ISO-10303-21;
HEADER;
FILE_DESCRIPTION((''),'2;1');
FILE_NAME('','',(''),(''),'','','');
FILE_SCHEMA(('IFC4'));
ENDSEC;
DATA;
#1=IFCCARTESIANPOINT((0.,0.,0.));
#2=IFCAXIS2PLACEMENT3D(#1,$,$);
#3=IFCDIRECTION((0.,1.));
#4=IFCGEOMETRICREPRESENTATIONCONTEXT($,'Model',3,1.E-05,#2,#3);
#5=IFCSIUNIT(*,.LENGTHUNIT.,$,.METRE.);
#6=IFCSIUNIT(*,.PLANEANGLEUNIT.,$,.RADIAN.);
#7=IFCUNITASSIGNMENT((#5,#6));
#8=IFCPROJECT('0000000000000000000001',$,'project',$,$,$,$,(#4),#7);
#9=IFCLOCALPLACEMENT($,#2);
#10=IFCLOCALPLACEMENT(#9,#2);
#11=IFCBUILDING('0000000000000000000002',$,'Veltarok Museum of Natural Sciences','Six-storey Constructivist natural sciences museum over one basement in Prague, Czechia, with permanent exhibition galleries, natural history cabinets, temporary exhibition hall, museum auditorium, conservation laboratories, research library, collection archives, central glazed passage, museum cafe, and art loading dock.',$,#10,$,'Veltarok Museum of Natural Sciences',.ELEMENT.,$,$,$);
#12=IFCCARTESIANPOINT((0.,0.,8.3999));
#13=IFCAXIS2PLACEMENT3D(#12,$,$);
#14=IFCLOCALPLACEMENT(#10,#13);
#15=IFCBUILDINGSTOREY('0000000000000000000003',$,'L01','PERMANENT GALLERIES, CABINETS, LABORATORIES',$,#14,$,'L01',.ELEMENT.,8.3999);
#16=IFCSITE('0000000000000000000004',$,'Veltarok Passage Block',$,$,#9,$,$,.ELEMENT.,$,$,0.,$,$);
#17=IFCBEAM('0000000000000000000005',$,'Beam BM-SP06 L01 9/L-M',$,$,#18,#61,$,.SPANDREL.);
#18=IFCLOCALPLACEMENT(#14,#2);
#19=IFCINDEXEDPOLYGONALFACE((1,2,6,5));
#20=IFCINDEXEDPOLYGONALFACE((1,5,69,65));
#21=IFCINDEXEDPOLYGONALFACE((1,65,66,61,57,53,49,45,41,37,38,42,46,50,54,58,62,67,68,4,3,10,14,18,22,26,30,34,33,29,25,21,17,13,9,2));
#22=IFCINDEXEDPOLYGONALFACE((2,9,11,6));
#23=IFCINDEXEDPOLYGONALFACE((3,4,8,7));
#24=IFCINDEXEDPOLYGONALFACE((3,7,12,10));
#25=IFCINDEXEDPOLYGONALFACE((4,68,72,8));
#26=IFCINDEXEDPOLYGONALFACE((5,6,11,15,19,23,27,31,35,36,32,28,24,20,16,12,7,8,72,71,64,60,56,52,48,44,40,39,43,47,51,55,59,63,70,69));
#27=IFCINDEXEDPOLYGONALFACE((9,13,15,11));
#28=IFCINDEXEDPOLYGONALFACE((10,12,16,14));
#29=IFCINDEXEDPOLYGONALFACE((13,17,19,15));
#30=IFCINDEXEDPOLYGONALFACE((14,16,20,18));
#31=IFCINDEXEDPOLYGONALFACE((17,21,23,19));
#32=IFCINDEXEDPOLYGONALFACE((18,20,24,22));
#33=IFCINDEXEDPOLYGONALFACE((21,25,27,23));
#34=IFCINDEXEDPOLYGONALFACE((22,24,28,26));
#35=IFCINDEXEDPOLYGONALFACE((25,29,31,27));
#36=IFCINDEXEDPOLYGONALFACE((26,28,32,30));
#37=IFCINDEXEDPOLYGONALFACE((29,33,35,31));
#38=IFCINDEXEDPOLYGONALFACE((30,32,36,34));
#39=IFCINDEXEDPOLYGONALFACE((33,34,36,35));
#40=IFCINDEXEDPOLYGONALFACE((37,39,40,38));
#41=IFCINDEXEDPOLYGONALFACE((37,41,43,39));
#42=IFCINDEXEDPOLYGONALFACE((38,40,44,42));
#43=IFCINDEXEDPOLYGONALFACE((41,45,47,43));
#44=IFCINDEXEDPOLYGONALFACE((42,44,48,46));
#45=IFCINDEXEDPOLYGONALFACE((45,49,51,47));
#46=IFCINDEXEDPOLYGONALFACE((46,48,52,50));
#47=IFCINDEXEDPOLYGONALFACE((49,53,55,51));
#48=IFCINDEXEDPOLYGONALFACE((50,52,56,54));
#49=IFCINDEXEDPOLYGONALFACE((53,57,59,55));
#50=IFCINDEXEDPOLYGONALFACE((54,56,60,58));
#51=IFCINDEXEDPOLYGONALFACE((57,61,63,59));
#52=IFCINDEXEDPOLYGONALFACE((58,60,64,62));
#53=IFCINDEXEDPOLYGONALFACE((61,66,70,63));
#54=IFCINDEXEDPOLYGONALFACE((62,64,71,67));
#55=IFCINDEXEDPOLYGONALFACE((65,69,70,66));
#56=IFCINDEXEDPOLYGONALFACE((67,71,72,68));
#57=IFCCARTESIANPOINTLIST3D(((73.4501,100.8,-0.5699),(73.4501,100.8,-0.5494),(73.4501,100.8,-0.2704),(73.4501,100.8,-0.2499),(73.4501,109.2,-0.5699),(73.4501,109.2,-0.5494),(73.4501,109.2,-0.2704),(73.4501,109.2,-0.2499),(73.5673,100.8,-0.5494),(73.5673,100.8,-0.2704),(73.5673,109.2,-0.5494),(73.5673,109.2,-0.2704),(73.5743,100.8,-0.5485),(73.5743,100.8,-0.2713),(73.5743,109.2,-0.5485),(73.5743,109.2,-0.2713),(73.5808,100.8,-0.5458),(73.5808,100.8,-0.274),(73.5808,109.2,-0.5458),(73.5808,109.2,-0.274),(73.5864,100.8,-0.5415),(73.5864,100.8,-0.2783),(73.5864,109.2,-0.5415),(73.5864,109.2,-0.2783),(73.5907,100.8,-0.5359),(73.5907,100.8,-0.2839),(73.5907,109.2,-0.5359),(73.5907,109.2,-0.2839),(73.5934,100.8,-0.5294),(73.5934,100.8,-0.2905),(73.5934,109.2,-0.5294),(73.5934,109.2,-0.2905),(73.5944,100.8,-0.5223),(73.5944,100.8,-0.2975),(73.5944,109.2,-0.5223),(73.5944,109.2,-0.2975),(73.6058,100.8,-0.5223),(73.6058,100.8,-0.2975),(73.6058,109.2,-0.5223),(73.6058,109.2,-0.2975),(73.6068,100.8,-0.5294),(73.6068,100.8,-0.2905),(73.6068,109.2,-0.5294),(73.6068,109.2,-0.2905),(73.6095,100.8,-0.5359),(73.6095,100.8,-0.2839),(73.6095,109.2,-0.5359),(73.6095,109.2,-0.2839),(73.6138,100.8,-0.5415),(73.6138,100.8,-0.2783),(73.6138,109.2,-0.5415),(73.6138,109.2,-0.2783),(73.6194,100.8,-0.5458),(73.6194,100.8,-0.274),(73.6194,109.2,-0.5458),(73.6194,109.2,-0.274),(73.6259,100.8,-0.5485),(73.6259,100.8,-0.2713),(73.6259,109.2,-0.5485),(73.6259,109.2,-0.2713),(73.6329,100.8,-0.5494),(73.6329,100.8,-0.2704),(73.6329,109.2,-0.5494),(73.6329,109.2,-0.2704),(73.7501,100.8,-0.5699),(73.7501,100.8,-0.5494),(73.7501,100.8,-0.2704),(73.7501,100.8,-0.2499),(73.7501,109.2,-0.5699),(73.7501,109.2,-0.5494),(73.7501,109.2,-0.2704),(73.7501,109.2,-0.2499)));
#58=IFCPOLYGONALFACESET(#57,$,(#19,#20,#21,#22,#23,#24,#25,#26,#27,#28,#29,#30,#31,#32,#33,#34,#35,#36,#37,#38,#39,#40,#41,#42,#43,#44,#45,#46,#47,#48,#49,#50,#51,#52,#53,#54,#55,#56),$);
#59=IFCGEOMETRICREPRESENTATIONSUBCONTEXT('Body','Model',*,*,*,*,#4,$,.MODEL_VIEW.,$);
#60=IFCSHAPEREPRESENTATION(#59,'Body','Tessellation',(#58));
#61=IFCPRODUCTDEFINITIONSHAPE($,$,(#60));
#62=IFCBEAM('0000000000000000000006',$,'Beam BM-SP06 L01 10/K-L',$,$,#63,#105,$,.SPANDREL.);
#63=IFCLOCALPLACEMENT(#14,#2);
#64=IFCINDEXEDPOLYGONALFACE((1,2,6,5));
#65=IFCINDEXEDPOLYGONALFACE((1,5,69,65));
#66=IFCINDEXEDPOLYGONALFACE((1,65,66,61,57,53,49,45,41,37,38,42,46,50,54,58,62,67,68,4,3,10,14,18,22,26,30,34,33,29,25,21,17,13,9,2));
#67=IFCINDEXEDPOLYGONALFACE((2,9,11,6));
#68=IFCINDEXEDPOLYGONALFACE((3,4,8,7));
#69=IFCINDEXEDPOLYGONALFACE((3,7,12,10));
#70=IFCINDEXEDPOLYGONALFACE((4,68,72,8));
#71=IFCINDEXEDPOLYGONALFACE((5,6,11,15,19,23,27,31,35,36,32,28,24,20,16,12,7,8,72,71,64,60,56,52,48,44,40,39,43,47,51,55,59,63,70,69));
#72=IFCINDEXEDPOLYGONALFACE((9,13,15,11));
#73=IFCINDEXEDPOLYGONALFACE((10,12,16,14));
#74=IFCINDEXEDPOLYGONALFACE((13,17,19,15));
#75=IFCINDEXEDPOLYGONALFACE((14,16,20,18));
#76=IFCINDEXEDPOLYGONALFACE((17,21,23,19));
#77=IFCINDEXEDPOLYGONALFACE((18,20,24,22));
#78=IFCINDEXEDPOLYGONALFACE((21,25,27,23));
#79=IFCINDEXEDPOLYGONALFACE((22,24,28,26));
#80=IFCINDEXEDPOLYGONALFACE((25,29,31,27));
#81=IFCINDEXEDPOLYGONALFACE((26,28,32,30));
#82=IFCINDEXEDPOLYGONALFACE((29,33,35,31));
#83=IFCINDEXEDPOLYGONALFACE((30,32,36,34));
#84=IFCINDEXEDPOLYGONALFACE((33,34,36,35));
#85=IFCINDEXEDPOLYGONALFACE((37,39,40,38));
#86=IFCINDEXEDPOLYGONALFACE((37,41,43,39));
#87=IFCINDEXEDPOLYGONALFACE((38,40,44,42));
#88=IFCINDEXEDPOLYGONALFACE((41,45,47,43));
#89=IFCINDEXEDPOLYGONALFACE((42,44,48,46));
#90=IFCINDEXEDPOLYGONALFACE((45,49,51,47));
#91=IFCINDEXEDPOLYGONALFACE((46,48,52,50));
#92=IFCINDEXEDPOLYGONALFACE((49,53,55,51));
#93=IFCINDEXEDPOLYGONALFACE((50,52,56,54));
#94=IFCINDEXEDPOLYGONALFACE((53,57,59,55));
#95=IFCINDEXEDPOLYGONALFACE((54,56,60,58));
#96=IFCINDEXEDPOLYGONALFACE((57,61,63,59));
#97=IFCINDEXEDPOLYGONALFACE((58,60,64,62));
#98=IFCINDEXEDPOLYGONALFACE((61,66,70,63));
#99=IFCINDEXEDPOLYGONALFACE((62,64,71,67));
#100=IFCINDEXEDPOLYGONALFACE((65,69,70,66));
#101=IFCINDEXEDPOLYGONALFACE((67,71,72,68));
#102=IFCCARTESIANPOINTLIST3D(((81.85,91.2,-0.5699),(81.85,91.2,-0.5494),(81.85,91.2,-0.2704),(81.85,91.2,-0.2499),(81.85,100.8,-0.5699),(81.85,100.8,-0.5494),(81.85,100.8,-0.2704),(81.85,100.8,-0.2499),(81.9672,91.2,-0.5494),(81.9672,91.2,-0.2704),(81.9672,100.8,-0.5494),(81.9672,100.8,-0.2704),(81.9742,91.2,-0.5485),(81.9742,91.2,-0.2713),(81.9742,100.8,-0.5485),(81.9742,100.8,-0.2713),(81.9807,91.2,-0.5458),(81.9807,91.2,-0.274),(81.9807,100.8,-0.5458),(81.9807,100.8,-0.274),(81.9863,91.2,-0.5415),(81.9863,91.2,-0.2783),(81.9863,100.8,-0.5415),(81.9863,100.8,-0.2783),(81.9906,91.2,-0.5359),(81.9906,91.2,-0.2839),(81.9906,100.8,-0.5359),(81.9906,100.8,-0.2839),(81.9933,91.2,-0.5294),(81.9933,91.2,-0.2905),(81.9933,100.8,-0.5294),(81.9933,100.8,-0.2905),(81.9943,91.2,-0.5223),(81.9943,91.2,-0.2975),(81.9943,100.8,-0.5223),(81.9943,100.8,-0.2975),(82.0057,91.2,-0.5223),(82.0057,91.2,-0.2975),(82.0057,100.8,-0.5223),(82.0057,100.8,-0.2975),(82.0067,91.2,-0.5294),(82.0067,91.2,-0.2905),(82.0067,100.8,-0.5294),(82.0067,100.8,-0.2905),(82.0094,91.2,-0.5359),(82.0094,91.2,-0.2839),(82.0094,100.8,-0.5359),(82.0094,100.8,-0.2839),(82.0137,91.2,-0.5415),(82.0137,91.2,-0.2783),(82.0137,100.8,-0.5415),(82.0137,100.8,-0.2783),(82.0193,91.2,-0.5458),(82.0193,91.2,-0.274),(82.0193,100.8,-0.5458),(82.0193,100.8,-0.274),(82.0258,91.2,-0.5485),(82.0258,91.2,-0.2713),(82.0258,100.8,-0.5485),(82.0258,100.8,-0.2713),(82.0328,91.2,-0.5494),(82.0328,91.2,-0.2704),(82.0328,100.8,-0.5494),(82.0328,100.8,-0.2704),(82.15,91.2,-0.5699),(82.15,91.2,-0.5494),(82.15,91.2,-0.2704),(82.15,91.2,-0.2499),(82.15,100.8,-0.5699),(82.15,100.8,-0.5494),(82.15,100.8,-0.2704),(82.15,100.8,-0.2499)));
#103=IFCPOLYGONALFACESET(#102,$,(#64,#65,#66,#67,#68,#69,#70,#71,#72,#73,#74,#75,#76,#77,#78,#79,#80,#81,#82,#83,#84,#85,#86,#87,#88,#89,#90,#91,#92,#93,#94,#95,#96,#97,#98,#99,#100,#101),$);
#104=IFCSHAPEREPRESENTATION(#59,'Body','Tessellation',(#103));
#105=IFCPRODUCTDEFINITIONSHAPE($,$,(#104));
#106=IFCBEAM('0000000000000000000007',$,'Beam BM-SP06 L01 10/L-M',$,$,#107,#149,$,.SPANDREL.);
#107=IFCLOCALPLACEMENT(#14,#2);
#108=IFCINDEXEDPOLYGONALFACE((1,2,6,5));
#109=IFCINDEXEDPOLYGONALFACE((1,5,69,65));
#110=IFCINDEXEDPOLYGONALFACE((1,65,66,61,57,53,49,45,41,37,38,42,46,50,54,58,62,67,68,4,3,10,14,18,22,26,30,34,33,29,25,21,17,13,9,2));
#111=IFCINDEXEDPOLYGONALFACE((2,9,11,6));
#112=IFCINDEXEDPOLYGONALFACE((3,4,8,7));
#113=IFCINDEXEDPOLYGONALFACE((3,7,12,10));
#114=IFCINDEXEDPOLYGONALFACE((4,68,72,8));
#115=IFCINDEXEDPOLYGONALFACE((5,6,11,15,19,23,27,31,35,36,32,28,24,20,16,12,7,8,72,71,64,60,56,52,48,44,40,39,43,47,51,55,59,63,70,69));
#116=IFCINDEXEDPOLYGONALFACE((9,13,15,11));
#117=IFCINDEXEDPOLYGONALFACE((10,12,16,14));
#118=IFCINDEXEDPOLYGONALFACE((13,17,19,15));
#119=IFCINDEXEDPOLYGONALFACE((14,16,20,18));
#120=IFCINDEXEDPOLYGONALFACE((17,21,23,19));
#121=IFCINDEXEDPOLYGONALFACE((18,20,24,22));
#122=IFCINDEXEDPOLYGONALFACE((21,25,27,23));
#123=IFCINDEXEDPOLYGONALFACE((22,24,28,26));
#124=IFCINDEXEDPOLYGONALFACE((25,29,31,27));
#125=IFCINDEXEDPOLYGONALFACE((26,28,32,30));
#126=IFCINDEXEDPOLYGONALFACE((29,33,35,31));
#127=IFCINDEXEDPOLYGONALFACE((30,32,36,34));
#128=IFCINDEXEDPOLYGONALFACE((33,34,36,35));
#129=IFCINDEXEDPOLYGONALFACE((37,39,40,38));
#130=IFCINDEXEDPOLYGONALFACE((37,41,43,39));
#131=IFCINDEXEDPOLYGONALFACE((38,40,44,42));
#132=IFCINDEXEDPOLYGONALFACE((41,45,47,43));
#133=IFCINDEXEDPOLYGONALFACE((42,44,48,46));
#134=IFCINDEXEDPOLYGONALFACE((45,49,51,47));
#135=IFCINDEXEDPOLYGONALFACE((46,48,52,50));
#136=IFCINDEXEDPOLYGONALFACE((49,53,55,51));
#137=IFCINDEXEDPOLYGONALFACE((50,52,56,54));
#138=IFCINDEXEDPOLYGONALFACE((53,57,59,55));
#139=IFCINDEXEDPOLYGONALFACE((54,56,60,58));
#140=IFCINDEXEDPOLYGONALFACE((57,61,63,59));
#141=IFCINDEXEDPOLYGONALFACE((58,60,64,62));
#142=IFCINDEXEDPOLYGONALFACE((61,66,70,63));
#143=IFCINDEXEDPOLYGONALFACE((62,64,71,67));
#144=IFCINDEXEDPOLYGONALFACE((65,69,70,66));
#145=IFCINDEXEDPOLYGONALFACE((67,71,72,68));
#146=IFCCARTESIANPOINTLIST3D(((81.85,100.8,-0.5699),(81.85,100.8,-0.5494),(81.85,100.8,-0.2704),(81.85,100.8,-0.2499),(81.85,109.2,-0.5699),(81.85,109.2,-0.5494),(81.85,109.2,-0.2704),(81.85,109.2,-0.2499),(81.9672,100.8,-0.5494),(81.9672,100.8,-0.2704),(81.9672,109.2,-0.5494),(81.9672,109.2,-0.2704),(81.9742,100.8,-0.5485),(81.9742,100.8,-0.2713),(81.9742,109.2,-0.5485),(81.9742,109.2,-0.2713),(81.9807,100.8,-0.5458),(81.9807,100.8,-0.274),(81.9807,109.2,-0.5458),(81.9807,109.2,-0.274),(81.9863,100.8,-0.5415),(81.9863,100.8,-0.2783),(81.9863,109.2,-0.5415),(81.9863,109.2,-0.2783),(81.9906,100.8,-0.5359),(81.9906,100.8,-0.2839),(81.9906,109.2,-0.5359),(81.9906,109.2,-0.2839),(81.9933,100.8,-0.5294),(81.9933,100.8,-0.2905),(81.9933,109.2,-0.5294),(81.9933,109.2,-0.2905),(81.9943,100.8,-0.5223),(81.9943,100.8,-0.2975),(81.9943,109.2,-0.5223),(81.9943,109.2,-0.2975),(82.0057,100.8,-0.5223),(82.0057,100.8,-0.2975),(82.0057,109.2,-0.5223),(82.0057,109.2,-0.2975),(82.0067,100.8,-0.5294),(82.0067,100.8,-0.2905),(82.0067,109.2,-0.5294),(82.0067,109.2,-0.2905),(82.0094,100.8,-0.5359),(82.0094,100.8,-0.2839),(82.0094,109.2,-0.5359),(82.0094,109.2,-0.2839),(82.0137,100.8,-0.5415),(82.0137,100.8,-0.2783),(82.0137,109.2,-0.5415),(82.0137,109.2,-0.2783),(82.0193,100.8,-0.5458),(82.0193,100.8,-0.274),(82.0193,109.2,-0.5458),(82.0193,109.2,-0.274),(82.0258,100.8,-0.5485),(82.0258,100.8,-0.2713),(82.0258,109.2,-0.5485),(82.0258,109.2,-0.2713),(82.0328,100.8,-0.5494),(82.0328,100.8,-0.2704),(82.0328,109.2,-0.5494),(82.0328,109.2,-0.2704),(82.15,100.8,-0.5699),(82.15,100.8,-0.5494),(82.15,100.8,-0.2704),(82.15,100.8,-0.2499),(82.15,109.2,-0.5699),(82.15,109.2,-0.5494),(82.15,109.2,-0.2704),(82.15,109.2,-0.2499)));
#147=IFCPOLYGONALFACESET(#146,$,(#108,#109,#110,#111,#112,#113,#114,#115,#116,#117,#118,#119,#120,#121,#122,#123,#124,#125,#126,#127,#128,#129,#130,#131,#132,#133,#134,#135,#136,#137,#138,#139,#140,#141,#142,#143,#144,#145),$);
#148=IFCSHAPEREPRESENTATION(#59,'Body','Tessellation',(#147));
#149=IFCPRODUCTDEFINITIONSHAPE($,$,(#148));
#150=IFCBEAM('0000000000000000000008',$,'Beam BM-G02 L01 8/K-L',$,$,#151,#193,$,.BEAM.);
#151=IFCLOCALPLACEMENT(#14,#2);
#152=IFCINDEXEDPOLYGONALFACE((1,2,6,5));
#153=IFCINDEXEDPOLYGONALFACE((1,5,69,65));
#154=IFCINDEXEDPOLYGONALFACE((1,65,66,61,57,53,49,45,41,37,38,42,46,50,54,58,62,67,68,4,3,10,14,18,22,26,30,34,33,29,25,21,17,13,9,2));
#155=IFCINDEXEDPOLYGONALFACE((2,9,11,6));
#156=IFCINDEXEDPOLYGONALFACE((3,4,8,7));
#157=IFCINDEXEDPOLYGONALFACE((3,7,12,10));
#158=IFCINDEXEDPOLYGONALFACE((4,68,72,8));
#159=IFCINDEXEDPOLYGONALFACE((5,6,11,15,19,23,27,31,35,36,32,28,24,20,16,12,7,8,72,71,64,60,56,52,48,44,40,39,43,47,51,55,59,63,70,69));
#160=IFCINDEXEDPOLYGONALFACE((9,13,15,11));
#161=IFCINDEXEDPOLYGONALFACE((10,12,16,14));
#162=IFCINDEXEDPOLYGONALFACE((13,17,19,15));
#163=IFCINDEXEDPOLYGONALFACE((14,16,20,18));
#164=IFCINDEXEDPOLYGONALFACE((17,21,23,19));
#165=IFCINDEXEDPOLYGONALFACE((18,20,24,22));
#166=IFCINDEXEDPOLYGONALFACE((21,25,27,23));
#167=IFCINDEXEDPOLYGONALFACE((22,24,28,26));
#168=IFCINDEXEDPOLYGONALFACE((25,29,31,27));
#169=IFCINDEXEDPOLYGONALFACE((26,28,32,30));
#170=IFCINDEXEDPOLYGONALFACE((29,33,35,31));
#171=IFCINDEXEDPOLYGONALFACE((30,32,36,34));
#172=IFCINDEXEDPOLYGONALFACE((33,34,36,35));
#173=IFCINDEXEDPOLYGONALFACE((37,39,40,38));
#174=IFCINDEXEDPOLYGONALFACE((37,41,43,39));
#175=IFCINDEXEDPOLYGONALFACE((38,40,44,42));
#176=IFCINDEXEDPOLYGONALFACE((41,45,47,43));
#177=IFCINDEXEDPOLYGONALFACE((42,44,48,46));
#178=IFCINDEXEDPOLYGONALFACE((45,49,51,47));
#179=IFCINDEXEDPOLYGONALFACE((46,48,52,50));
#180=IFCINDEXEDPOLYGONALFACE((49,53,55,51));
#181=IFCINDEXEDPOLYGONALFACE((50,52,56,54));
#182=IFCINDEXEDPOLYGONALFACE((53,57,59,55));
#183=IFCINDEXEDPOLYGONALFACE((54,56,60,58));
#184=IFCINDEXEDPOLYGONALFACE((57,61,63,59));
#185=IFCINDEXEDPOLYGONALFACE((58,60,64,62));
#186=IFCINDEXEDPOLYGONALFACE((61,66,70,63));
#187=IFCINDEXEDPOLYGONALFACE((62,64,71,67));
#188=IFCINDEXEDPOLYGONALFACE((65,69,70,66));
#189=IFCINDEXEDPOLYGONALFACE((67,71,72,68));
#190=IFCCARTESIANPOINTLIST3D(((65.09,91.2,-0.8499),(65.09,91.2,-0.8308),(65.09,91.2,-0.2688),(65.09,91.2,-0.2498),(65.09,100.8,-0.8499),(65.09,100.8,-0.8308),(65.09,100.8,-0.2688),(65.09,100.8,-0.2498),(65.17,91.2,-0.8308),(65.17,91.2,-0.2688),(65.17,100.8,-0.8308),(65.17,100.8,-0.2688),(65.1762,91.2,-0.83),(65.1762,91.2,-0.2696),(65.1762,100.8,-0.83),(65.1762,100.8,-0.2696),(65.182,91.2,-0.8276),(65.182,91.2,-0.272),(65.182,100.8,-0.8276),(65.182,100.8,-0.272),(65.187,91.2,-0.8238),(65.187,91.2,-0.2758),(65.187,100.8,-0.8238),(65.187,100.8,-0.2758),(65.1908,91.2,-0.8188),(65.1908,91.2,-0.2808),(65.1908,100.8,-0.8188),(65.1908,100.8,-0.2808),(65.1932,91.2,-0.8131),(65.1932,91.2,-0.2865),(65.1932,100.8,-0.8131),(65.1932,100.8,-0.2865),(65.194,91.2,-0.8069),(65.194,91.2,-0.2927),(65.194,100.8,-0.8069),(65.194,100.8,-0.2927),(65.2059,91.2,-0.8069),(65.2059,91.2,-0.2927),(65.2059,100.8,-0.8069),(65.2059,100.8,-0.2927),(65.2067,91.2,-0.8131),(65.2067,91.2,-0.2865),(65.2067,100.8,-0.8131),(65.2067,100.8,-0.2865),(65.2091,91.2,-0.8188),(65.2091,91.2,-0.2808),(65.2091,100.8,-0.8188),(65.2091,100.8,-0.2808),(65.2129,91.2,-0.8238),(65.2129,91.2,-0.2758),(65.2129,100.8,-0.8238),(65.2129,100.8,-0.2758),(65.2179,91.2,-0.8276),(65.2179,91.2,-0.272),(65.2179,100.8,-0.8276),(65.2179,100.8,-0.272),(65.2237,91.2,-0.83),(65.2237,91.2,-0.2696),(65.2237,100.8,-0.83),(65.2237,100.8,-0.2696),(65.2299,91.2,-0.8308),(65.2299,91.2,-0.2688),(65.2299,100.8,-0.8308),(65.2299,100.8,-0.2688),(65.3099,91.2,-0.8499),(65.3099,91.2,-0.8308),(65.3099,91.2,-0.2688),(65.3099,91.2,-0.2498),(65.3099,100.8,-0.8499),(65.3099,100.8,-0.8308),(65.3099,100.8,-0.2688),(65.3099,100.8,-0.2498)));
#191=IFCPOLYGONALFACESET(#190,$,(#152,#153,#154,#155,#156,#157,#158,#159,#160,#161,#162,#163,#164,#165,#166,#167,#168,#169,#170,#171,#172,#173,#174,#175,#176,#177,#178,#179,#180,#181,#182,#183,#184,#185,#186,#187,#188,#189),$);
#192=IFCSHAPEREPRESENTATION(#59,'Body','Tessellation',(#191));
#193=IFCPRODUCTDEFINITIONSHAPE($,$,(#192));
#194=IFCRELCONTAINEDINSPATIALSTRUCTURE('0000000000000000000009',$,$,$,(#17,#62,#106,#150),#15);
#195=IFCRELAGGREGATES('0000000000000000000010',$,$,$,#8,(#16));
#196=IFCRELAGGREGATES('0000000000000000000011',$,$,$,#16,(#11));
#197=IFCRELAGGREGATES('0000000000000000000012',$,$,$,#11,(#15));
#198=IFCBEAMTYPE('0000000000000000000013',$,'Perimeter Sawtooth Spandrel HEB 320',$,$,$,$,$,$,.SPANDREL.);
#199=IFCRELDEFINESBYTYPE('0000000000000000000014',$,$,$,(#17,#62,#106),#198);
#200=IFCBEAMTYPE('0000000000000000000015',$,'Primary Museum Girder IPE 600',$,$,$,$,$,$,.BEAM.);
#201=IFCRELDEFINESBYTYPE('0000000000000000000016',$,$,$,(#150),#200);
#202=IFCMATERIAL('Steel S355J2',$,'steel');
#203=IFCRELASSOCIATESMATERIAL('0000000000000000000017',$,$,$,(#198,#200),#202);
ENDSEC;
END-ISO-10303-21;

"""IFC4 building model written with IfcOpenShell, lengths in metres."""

from ifc_helpers import new_model, si_unit, direction, frame, origin, origin_2d, place, context, subcontext, project, spatial, i_section, extrude, material, material_profile, profile_set, type_object, element, save


model = new_model("IFC4")

# Units and contexts
model_context = context("Model", 3, precision=1e-05, world=origin(), true_north=direction((0.0, 1.0)))
body_context = subcontext(model_context, "Body", "Model", "MODEL_VIEW")
ifc_project = project(units=[si_unit("LENGTHUNIT", "METRE"), si_unit("PLANEANGLEUNIT", "RADIAN")], contexts=[model_context])

# Site, building, storey
site_placement = place(None, origin())
site = spatial("IfcSite", under=ifc_project, at=site_placement, Name="Veltarok Passage Block", CompositionType="ELEMENT", RefElevation=0.0)
building_placement = place(site_placement, origin())
building = spatial("IfcBuilding", under=site, at=building_placement, Name="Veltarok Museum of Natural Sciences", Description="Six-storey Constructivist natural sciences museum over one basement in Prague, Czechia, with permanent exhibition galleries, natural history cabinets, temporary exhibition hall, museum auditorium, conservation laboratories, research library, collection archives, central glazed passage, museum cafe, and art loading dock.", LongName="Veltarok Museum of Natural Sciences", CompositionType="ELEMENT")
storey_placement = place(building_placement, frame((0.0, 0.0, 8.3999)))
storey = spatial("IfcBuildingStorey", under=building, at=storey_placement, Name="L01", Description="PERMANENT GALLERIES, CABINETS, LABORATORIES", LongName="L01", CompositionType="ELEMENT", Elevation=8.3999)

# Shared definitions
ifc_material_1 = material(Name="Steel S355J2", Category="steel")

# Beams
ifc_material_profile_1 = material_profile(ifc_material_1, i_section(OverallWidth=0.3, OverallDepth=0.3201, WebThickness=0.0115, FlangeThickness=0.0205, FilletRadius=0.0271, at=origin_2d()), Name="HEB 320")
ifc_profile_set_1 = profile_set([ifc_material_profile_1], Name="Steel S355J2")
beam_type_1 = type_object("IfcBeamType", Name="Perimeter Sawtooth Spandrel HEB 320", PredefinedType="SPANDREL", material=ifc_profile_set_1)
for number, where, z_axis, x_axis, name in (
    (1, (73.6001, 100.8, -0.4099), (0.0, 1.0, 0.0), (-1.0, 0.0, 0.0), "Beam BM-SP06 L01 9/L-M"),
):
    element("IfcBeam", number, at=place(storey_placement, frame(where, z_axis=z_axis, x_axis=x_axis)), inside=storey, type_object=beam_type_1, Name=name, PredefinedType="SPANDREL", context=body_context, shape_type="SweptSolid", body=[
        extrude(i_section(OverallWidth=0.3, OverallDepth=0.3201, WebThickness=0.0115, FlangeThickness=0.0205, FilletRadius=0.0271, at=origin_2d()), origin(), (0.0, 0.0, 1.0), 8.3999),
    ])
beam_1_placement = place(storey_placement, frame((82.0, 91.2, -0.4099), z_axis=(0.0, 1.0, 0.0), x_axis=(-1.0, 0.0, 0.0)))
element("IfcBeam", 2, at=beam_1_placement, inside=storey, type_object=beam_type_1, Name="Beam BM-SP06 L01 10/K-L", PredefinedType="SPANDREL", context=body_context, shape_type="SweptSolid", body=[
    extrude(i_section(OverallWidth=0.3, OverallDepth=0.3201, WebThickness=0.0115, FlangeThickness=0.0205, FilletRadius=0.0271, at=origin_2d()), origin(), (0.0, 0.0, 1.0), 9.6001),
])
beam_2_placement = place(storey_placement, frame((82.0, 100.8, -0.4099), z_axis=(0.0, 1.0, 0.0), x_axis=(-1.0, 0.0, 0.0)))
element("IfcBeam", 3, at=beam_2_placement, inside=storey, type_object=beam_type_1, Name="Beam BM-SP06 L01 10/L-M", PredefinedType="SPANDREL", context=body_context, shape_type="SweptSolid", body=[
    extrude(i_section(OverallWidth=0.3, OverallDepth=0.3201, WebThickness=0.0115, FlangeThickness=0.0205, FilletRadius=0.0271, at=origin_2d()), origin(), (0.0, 0.0, 1.0), 8.3999),
])
ifc_material_profile_2 = material_profile(ifc_material_1, i_section(OverallWidth=0.22, OverallDepth=0.6001, WebThickness=0.012, FlangeThickness=0.019, FilletRadius=0.0239, at=origin_2d()), Name="IPE 600")
ifc_profile_set_2 = profile_set([ifc_material_profile_2], Name="Steel S355J2")
beam_type_2 = type_object("IfcBeamType", Name="Primary Museum Girder IPE 600", PredefinedType="BEAM", material=ifc_profile_set_2)
for number, where, z_axis, x_axis, name in (
    (4, (65.2, 91.2, -0.5498), (0.0, 1.0, 0.0), (-1.0, 0.0, 0.0), "Beam BM-G02 L01 8/K-L"),
):
    element("IfcBeam", number, at=place(storey_placement, frame(where, z_axis=z_axis, x_axis=x_axis)), inside=storey, type_object=beam_type_2, Name=name, PredefinedType="BEAM", context=body_context, shape_type="SweptSolid", body=[
        extrude(i_section(OverallWidth=0.22, OverallDepth=0.6001, WebThickness=0.012, FlangeThickness=0.019, FilletRadius=0.0239, at=origin_2d()), origin(), (0.0, 0.0, 1.0), 9.6001),
    ])

save(model, "model.ifc")
